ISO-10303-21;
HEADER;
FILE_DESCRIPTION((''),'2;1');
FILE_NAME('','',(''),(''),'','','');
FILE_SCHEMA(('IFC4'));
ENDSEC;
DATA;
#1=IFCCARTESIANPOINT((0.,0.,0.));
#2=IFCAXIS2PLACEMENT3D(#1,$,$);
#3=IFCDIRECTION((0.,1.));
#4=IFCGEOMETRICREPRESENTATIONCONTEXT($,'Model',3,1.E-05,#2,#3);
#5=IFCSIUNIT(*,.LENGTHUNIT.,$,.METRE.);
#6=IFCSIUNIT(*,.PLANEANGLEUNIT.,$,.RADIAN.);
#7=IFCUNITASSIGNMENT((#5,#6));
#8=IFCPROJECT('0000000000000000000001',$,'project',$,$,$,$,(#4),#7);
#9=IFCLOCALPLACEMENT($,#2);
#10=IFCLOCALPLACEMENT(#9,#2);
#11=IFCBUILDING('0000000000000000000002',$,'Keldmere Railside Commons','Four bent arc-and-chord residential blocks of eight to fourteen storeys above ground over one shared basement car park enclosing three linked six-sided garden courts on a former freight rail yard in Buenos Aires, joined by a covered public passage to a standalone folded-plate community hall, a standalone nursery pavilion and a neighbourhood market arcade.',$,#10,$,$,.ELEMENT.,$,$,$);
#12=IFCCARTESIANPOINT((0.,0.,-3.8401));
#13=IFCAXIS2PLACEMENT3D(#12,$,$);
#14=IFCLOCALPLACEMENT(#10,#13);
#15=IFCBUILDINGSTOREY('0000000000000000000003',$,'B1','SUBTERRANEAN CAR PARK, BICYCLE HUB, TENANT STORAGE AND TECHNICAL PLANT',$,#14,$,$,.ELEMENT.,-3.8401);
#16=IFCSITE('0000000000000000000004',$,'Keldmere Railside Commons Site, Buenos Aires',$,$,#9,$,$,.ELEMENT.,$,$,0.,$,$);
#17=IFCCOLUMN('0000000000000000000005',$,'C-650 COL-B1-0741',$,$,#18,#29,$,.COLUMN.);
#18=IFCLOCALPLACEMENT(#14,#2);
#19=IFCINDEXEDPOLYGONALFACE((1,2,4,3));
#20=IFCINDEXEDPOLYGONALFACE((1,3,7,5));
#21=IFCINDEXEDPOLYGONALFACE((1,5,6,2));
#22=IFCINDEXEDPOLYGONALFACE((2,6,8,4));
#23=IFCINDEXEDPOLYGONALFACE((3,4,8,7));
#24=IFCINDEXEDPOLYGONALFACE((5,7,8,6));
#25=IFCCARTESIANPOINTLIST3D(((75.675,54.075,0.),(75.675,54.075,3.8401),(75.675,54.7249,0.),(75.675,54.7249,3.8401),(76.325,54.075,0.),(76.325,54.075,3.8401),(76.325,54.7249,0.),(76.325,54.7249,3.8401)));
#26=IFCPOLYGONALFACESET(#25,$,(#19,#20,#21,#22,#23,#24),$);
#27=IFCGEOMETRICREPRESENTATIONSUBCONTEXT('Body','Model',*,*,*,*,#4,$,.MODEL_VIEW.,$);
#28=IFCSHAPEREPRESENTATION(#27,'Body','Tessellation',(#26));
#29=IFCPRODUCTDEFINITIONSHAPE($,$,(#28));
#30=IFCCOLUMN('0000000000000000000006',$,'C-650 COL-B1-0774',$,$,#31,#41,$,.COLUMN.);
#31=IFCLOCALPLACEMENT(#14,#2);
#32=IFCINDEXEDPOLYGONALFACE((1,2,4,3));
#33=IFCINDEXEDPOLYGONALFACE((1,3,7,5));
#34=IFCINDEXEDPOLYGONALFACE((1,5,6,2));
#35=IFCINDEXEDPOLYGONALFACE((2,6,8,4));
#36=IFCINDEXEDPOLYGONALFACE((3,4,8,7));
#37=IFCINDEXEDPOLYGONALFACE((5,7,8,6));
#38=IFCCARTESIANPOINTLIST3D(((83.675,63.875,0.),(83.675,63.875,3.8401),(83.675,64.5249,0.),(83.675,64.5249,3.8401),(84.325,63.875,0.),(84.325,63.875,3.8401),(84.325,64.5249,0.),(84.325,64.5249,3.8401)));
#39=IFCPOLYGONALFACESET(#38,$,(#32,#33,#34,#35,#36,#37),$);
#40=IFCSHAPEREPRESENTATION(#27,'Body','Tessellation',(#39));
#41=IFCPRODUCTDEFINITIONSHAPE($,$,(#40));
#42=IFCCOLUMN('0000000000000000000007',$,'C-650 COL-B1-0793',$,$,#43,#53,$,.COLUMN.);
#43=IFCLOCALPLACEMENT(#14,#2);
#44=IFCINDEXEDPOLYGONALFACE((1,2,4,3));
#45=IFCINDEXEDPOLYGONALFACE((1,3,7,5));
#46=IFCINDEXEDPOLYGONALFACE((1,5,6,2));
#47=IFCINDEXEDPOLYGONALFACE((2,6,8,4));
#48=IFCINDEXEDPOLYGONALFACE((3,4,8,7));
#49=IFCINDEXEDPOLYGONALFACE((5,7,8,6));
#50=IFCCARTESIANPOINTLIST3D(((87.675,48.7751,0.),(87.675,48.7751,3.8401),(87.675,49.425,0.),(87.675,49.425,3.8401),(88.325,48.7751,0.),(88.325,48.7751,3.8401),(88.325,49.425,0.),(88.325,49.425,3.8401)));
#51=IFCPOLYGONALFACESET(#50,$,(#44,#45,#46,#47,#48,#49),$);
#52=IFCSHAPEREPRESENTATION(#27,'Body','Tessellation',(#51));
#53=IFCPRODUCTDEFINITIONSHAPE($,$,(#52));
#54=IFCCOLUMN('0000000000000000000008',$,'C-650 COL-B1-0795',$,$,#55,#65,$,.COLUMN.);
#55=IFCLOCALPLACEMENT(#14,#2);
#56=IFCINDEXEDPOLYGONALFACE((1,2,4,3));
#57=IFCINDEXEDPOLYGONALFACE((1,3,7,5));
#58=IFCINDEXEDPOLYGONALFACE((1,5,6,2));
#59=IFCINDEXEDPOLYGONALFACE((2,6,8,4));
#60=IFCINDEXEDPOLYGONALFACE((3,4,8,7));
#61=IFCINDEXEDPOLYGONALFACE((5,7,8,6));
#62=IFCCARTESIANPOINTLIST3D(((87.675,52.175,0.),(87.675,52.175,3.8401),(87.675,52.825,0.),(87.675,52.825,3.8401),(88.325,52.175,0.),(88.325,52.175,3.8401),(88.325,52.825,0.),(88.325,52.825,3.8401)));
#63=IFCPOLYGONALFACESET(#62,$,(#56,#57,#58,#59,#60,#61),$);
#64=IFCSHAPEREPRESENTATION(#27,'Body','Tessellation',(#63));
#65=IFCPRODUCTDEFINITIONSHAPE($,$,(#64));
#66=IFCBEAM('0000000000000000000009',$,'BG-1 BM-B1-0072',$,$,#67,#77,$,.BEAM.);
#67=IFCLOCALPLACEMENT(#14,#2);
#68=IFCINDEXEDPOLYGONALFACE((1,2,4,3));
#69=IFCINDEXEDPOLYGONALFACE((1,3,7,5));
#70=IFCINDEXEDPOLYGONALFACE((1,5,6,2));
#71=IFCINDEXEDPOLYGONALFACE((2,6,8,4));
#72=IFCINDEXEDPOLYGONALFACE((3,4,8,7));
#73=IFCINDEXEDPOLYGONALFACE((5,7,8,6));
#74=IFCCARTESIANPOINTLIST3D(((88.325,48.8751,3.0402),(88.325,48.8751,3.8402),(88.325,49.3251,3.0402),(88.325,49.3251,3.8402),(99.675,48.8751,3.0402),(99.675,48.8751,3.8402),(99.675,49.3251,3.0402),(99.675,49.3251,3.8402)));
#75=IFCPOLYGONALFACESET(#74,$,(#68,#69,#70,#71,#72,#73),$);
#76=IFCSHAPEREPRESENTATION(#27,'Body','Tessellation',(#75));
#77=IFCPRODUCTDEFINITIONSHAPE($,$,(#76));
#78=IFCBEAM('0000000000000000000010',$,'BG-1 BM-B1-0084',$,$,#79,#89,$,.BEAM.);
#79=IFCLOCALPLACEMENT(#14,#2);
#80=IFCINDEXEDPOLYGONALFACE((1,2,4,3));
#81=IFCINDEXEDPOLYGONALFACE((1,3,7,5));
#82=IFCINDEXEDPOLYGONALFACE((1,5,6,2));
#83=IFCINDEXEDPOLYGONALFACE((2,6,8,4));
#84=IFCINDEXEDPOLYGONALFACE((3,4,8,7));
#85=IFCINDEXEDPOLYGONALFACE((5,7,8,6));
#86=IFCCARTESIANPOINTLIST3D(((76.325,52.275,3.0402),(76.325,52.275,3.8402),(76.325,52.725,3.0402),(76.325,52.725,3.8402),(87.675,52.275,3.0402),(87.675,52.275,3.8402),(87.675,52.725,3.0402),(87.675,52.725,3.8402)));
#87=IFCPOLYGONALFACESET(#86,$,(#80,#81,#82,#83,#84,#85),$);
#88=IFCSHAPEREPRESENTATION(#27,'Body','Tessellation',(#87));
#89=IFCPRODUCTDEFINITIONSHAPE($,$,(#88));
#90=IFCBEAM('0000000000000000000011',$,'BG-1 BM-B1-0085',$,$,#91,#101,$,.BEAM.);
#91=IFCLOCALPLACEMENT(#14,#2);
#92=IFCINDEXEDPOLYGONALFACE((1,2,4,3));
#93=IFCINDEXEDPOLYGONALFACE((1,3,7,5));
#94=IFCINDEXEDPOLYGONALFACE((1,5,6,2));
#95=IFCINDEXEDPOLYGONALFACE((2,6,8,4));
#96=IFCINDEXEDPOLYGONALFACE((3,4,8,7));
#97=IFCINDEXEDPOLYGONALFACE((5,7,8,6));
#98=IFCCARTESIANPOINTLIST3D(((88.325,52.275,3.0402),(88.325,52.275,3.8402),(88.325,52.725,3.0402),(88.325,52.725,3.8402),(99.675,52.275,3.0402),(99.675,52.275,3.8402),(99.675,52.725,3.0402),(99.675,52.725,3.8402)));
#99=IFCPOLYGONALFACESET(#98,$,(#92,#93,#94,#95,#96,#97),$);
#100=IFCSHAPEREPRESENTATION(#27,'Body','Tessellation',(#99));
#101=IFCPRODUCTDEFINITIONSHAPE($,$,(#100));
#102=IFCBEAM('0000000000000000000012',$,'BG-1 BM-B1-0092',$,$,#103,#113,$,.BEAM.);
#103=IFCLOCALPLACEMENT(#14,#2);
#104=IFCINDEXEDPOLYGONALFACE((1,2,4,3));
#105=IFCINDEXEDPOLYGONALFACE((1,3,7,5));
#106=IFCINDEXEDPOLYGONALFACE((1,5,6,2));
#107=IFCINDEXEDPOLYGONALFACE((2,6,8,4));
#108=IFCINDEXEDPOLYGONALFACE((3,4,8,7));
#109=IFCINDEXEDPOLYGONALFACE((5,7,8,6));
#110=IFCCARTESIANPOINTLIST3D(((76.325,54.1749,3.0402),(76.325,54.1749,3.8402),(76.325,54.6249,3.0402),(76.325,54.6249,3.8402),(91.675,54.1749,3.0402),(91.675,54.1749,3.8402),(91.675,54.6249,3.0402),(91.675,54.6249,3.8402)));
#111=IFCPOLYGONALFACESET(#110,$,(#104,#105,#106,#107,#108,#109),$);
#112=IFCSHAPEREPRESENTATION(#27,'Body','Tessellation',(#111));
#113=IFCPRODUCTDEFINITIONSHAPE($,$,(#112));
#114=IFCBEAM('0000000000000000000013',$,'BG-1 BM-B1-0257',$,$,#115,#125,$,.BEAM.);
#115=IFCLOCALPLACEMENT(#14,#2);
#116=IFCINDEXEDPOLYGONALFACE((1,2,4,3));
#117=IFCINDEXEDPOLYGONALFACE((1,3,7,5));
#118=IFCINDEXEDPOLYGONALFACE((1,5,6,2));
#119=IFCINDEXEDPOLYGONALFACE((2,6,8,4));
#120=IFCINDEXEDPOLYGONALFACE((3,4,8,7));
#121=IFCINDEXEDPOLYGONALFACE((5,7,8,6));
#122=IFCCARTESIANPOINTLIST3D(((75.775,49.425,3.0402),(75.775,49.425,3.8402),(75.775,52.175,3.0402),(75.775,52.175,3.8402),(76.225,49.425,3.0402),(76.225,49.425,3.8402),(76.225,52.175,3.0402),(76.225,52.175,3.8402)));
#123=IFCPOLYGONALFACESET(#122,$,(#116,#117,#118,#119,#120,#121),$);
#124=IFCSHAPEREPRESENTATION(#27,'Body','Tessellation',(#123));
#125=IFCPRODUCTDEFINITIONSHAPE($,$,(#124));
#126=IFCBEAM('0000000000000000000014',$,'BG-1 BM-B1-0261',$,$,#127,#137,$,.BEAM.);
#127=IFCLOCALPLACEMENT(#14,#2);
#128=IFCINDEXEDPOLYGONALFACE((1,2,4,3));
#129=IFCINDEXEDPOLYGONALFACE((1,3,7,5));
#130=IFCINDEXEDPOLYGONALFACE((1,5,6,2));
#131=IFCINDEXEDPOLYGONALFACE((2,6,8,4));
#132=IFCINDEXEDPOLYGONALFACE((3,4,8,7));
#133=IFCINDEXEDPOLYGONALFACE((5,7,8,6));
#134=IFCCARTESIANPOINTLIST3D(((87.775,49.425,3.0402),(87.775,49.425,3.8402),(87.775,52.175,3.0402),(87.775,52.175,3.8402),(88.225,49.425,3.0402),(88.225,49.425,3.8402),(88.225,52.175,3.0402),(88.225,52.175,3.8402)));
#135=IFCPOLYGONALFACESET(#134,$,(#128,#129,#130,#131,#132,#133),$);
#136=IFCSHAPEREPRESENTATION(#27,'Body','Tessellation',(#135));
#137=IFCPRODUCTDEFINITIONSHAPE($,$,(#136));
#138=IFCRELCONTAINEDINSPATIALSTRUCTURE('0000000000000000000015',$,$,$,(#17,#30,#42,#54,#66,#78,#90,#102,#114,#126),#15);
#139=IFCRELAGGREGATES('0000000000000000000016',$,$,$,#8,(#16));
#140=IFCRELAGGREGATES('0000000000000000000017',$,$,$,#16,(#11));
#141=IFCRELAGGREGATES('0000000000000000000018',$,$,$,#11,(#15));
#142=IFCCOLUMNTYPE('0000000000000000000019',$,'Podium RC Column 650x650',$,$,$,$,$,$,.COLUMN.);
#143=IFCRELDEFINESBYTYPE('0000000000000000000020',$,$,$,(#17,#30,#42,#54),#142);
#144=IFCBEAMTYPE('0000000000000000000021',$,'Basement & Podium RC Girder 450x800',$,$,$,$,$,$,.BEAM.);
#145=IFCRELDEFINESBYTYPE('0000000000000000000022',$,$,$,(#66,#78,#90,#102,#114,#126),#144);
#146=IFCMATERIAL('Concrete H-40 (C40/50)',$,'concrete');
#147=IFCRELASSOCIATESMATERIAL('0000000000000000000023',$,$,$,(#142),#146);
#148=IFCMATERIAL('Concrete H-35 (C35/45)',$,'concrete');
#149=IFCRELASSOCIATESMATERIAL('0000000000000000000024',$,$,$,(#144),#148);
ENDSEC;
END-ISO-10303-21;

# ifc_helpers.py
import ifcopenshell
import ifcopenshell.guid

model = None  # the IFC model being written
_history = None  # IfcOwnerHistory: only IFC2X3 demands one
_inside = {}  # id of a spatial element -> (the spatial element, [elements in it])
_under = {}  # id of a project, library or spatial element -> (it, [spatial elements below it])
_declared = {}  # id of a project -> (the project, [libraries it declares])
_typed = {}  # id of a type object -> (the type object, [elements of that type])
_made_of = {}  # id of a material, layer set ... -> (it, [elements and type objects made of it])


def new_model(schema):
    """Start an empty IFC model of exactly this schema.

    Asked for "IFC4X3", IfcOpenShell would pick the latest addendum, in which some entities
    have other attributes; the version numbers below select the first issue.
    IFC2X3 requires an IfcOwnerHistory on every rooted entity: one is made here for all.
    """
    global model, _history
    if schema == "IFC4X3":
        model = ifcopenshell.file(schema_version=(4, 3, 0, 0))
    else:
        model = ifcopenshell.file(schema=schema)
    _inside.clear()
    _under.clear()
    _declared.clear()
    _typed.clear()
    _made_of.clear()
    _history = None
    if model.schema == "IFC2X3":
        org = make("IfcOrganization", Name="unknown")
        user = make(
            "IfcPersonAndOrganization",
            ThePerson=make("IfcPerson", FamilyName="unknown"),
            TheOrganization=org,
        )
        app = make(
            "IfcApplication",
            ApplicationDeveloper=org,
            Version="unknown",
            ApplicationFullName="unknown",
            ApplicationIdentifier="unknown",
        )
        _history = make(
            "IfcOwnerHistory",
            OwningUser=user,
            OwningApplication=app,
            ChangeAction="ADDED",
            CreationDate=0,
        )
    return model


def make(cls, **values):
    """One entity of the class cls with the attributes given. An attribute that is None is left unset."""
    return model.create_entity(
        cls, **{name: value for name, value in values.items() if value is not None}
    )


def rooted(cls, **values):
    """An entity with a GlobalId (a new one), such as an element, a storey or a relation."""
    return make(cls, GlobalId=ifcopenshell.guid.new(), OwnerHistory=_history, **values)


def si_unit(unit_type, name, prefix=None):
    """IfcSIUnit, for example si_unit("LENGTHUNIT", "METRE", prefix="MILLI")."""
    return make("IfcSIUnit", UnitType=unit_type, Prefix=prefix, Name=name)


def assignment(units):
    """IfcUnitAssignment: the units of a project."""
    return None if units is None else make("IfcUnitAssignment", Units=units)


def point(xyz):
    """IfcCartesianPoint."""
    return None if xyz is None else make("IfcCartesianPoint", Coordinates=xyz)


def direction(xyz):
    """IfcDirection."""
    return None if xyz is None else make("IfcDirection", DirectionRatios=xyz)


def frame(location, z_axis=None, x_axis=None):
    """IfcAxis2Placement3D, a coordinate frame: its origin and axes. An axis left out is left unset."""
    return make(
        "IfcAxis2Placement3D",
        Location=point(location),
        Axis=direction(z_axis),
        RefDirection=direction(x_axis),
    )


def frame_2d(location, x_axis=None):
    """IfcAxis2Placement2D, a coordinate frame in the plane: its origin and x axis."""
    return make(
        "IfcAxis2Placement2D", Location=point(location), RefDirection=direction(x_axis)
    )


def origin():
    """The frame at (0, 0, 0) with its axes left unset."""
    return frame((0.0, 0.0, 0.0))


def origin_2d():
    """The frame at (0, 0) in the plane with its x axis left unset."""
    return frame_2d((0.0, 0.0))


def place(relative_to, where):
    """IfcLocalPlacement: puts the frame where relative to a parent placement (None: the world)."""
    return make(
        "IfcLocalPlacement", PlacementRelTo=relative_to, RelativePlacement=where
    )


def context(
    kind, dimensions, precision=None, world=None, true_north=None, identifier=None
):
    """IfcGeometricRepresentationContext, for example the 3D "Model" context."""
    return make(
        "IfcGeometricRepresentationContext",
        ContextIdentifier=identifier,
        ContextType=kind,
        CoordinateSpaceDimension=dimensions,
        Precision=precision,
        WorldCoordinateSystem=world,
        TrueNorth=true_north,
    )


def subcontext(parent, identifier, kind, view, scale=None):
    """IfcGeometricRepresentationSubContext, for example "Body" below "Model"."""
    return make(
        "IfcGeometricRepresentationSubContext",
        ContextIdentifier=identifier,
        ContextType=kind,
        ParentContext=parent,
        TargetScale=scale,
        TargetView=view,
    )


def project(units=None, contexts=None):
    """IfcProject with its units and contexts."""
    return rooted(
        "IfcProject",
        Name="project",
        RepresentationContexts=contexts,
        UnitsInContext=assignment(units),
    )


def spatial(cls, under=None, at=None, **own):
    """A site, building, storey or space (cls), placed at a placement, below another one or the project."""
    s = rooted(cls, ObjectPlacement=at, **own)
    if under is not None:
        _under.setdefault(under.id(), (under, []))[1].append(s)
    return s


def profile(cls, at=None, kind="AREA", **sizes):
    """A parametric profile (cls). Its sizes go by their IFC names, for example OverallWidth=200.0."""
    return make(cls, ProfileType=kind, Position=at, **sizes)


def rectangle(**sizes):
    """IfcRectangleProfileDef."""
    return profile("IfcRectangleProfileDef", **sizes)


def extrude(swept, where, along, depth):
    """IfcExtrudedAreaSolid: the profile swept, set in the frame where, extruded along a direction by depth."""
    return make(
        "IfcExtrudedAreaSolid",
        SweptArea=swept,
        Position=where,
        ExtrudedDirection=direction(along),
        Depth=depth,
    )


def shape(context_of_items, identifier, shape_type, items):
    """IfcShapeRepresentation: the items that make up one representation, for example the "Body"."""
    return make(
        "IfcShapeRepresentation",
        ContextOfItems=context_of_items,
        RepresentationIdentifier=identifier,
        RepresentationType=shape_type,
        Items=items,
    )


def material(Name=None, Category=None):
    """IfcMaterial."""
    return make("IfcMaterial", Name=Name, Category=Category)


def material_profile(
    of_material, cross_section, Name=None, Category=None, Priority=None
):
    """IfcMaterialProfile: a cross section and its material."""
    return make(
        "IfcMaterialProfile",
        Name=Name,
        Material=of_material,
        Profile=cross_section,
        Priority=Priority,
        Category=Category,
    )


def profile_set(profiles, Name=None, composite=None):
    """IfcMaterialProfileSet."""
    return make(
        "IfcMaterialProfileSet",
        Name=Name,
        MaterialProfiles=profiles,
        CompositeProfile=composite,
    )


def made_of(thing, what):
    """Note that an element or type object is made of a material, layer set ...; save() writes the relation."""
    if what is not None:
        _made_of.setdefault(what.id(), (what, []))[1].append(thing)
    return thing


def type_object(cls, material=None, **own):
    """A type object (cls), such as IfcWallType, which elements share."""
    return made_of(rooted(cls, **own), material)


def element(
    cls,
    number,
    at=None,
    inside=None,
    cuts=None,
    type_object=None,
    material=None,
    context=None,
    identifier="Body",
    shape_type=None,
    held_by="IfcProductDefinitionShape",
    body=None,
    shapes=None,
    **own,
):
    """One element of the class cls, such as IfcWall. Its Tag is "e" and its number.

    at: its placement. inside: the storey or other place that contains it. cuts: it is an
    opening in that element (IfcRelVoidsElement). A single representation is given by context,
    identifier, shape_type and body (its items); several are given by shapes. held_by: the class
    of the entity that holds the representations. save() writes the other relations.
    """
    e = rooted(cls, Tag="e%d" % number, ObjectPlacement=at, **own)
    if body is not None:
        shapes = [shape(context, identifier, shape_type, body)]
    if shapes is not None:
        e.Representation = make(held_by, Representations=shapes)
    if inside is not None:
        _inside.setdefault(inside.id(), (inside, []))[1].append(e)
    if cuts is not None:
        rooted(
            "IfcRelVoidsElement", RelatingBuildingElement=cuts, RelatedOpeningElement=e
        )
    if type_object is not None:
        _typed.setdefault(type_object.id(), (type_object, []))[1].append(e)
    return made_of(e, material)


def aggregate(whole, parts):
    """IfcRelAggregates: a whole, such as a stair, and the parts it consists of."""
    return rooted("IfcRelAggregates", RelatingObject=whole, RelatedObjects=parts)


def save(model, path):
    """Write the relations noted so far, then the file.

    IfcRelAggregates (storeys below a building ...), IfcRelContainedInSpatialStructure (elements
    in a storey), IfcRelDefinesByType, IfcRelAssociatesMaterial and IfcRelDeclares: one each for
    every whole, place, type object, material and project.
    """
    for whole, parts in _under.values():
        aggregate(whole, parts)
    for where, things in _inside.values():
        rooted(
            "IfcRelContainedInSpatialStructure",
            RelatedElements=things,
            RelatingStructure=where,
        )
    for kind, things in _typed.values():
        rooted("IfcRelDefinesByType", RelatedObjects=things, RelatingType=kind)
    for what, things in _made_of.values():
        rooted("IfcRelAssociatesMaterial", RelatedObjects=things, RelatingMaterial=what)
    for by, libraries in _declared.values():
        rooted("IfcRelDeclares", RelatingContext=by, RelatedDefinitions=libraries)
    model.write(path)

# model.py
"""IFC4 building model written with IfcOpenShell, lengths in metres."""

from ifc_helpers import new_model, si_unit, direction, frame, origin, origin_2d, place, context, subcontext, project, spatial, rectangle, extrude, material, material_profile, profile_set, type_object, element, save


model = new_model("IFC4")

# Units and contexts
model_context = context("Model", 3, precision=1e-05, world=origin(), true_north=direction((0.0, 1.0)))
body_context = subcontext(model_context, "Body", "Model", "MODEL_VIEW")
ifc_project = project(units=[si_unit("LENGTHUNIT", "METRE"), si_unit("PLANEANGLEUNIT", "RADIAN")], contexts=[model_context])

# Site, building, storey
site_placement = place(None, origin())
site = spatial("IfcSite", under=ifc_project, at=site_placement, Name="Keldmere Railside Commons Site, Buenos Aires", CompositionType="ELEMENT", RefElevation=0.0)
building_placement = place(site_placement, origin())
building = spatial("IfcBuilding", under=site, at=building_placement, Name="Keldmere Railside Commons", Description="Four bent arc-and-chord residential blocks of eight to fourteen storeys above ground over one shared basement car park enclosing three linked six-sided garden courts on a former freight rail yard in Buenos Aires, joined by a covered public passage to a standalone folded-plate community hall, a standalone nursery pavilion and a neighbourhood market arcade.", CompositionType="ELEMENT")
storey_placement = place(building_placement, frame((0.0, 0.0, -3.8401)))
storey = spatial("IfcBuildingStorey", under=building, at=storey_placement, Name="B1", Description="SUBTERRANEAN CAR PARK, BICYCLE HUB, TENANT STORAGE AND TECHNICAL PLANT", CompositionType="ELEMENT", Elevation=-3.8401)

# Shared definitions
ifc_material_1 = material(Name="Concrete H-40 (C40/50)", Category="concrete")

# Columns
ifc_material_profile_1 = material_profile(ifc_material_1, rectangle(XDim=0.6499, YDim=0.6499, at=origin_2d()), Name="RC-650x650")
ifc_profile_set_1 = profile_set([ifc_material_profile_1], Name="Concrete H-40 (C40/50)")
column_type = type_object("IfcColumnType", Name="Podium RC Column 650x650", PredefinedType="COLUMN", material=ifc_profile_set_1)
for number, where, z_axis, x_axis, name in (
    (1, (76.0, 54.3999, 0.0), (0.0, 0.0, 1.0), (1.0, 0.0, 0.0), "C-650 COL-B1-0741"),
    (2, (84.0, 64.2, 0.0), (0.0, 0.0, 1.0), (1.0, 0.0, 0.0), "C-650 COL-B1-0774"),
    (3, (88.0, 49.1001, 0.0), (0.0, 0.0, 1.0), (1.0, 0.0, 0.0), "C-650 COL-B1-0793"),
    (4, (88.0, 52.5, 0.0), (0.0, 0.0, 1.0), (1.0, 0.0, 0.0), "C-650 COL-B1-0795"),
):
    element("IfcColumn", number, at=place(storey_placement, frame(where, z_axis=z_axis, x_axis=x_axis)), inside=storey, type_object=column_type, Name=name, PredefinedType="COLUMN", context=body_context, shape_type="SweptSolid", body=[
        extrude(rectangle(XDim=0.6499, YDim=0.6499, at=origin_2d()), origin(), (0.0, 0.0, 1.0), 3.8401),
    ])

# Beams
ifc_material_2 = material(Name="Concrete H-35 (C35/45)", Category="concrete")
ifc_material_profile_2 = material_profile(ifc_material_2, rectangle(XDim=0.45, YDim=0.8, at=origin_2d()), Name="RC-450x800")
ifc_profile_set_2 = profile_set([ifc_material_profile_2], Name="Concrete H-35 (C35/45)")
beam_type = type_object("IfcBeamType", Name="Basement & Podium RC Girder 450x800", PredefinedType="BEAM", material=ifc_profile_set_2)
for number, where, z_axis, x_axis, name in (
    (5, (88.325, 49.1001, 3.4402), (1.0, 0.0, 0.0), (0.0, 1.0, 0.0), "BG-1 BM-B1-0072"),
    (6, (76.325, 52.5, 3.4402), (1.0, 0.0, 0.0), (0.0, 1.0, 0.0), "BG-1 BM-B1-0084"),
    (7, (88.325, 52.5, 3.4402), (1.0, 0.0, 0.0), (0.0, 1.0, 0.0), "BG-1 BM-B1-0085"),
):
    element("IfcBeam", number, at=place(storey_placement, frame(where, z_axis=z_axis, x_axis=x_axis)), inside=storey, type_object=beam_type, Name=name, PredefinedType="BEAM", context=body_context, shape_type="SweptSolid", body=[
        extrude(rectangle(XDim=0.45, YDim=0.8, at=origin_2d()), origin(), (0.0, 0.0, 1.0), 11.3501),
    ])
beam_placement = place(storey_placement, frame((76.325, 54.3999, 3.4402), z_axis=(1.0, 0.0, 0.0), x_axis=(0.0, 1.0, 0.0)))
element("IfcBeam", 8, at=beam_placement, inside=storey, type_object=beam_type, Name="BG-1 BM-B1-0092", PredefinedType="BEAM", context=body_context, shape_type="SweptSolid", body=[
    extrude(rectangle(XDim=0.45, YDim=0.8, at=origin_2d()), origin(), (0.0, 0.0, 1.0), 15.3501),
])
for number, where, z_axis, x_axis, name in (
    (9, (76.0, 49.425, 3.4402), (0.0, 1.0, 0.0), (-1.0, 0.0, 0.0), "BG-1 BM-B1-0257"),
    (10, (88.0, 49.425, 3.4402), (0.0, 1.0, 0.0), (-1.0, 0.0, 0.0), "BG-1 BM-B1-0261"),
):
    element("IfcBeam", number, at=place(storey_placement, frame(where, z_axis=z_axis, x_axis=x_axis)), inside=storey, type_object=beam_type, Name=name, PredefinedType="BEAM", context=body_context, shape_type="SweptSolid", body=[
        extrude(rectangle(XDim=0.45, YDim=0.8, at=origin_2d()), origin(), (0.0, 0.0, 1.0), 2.75),
    ])

save(model, "model.ifc")
